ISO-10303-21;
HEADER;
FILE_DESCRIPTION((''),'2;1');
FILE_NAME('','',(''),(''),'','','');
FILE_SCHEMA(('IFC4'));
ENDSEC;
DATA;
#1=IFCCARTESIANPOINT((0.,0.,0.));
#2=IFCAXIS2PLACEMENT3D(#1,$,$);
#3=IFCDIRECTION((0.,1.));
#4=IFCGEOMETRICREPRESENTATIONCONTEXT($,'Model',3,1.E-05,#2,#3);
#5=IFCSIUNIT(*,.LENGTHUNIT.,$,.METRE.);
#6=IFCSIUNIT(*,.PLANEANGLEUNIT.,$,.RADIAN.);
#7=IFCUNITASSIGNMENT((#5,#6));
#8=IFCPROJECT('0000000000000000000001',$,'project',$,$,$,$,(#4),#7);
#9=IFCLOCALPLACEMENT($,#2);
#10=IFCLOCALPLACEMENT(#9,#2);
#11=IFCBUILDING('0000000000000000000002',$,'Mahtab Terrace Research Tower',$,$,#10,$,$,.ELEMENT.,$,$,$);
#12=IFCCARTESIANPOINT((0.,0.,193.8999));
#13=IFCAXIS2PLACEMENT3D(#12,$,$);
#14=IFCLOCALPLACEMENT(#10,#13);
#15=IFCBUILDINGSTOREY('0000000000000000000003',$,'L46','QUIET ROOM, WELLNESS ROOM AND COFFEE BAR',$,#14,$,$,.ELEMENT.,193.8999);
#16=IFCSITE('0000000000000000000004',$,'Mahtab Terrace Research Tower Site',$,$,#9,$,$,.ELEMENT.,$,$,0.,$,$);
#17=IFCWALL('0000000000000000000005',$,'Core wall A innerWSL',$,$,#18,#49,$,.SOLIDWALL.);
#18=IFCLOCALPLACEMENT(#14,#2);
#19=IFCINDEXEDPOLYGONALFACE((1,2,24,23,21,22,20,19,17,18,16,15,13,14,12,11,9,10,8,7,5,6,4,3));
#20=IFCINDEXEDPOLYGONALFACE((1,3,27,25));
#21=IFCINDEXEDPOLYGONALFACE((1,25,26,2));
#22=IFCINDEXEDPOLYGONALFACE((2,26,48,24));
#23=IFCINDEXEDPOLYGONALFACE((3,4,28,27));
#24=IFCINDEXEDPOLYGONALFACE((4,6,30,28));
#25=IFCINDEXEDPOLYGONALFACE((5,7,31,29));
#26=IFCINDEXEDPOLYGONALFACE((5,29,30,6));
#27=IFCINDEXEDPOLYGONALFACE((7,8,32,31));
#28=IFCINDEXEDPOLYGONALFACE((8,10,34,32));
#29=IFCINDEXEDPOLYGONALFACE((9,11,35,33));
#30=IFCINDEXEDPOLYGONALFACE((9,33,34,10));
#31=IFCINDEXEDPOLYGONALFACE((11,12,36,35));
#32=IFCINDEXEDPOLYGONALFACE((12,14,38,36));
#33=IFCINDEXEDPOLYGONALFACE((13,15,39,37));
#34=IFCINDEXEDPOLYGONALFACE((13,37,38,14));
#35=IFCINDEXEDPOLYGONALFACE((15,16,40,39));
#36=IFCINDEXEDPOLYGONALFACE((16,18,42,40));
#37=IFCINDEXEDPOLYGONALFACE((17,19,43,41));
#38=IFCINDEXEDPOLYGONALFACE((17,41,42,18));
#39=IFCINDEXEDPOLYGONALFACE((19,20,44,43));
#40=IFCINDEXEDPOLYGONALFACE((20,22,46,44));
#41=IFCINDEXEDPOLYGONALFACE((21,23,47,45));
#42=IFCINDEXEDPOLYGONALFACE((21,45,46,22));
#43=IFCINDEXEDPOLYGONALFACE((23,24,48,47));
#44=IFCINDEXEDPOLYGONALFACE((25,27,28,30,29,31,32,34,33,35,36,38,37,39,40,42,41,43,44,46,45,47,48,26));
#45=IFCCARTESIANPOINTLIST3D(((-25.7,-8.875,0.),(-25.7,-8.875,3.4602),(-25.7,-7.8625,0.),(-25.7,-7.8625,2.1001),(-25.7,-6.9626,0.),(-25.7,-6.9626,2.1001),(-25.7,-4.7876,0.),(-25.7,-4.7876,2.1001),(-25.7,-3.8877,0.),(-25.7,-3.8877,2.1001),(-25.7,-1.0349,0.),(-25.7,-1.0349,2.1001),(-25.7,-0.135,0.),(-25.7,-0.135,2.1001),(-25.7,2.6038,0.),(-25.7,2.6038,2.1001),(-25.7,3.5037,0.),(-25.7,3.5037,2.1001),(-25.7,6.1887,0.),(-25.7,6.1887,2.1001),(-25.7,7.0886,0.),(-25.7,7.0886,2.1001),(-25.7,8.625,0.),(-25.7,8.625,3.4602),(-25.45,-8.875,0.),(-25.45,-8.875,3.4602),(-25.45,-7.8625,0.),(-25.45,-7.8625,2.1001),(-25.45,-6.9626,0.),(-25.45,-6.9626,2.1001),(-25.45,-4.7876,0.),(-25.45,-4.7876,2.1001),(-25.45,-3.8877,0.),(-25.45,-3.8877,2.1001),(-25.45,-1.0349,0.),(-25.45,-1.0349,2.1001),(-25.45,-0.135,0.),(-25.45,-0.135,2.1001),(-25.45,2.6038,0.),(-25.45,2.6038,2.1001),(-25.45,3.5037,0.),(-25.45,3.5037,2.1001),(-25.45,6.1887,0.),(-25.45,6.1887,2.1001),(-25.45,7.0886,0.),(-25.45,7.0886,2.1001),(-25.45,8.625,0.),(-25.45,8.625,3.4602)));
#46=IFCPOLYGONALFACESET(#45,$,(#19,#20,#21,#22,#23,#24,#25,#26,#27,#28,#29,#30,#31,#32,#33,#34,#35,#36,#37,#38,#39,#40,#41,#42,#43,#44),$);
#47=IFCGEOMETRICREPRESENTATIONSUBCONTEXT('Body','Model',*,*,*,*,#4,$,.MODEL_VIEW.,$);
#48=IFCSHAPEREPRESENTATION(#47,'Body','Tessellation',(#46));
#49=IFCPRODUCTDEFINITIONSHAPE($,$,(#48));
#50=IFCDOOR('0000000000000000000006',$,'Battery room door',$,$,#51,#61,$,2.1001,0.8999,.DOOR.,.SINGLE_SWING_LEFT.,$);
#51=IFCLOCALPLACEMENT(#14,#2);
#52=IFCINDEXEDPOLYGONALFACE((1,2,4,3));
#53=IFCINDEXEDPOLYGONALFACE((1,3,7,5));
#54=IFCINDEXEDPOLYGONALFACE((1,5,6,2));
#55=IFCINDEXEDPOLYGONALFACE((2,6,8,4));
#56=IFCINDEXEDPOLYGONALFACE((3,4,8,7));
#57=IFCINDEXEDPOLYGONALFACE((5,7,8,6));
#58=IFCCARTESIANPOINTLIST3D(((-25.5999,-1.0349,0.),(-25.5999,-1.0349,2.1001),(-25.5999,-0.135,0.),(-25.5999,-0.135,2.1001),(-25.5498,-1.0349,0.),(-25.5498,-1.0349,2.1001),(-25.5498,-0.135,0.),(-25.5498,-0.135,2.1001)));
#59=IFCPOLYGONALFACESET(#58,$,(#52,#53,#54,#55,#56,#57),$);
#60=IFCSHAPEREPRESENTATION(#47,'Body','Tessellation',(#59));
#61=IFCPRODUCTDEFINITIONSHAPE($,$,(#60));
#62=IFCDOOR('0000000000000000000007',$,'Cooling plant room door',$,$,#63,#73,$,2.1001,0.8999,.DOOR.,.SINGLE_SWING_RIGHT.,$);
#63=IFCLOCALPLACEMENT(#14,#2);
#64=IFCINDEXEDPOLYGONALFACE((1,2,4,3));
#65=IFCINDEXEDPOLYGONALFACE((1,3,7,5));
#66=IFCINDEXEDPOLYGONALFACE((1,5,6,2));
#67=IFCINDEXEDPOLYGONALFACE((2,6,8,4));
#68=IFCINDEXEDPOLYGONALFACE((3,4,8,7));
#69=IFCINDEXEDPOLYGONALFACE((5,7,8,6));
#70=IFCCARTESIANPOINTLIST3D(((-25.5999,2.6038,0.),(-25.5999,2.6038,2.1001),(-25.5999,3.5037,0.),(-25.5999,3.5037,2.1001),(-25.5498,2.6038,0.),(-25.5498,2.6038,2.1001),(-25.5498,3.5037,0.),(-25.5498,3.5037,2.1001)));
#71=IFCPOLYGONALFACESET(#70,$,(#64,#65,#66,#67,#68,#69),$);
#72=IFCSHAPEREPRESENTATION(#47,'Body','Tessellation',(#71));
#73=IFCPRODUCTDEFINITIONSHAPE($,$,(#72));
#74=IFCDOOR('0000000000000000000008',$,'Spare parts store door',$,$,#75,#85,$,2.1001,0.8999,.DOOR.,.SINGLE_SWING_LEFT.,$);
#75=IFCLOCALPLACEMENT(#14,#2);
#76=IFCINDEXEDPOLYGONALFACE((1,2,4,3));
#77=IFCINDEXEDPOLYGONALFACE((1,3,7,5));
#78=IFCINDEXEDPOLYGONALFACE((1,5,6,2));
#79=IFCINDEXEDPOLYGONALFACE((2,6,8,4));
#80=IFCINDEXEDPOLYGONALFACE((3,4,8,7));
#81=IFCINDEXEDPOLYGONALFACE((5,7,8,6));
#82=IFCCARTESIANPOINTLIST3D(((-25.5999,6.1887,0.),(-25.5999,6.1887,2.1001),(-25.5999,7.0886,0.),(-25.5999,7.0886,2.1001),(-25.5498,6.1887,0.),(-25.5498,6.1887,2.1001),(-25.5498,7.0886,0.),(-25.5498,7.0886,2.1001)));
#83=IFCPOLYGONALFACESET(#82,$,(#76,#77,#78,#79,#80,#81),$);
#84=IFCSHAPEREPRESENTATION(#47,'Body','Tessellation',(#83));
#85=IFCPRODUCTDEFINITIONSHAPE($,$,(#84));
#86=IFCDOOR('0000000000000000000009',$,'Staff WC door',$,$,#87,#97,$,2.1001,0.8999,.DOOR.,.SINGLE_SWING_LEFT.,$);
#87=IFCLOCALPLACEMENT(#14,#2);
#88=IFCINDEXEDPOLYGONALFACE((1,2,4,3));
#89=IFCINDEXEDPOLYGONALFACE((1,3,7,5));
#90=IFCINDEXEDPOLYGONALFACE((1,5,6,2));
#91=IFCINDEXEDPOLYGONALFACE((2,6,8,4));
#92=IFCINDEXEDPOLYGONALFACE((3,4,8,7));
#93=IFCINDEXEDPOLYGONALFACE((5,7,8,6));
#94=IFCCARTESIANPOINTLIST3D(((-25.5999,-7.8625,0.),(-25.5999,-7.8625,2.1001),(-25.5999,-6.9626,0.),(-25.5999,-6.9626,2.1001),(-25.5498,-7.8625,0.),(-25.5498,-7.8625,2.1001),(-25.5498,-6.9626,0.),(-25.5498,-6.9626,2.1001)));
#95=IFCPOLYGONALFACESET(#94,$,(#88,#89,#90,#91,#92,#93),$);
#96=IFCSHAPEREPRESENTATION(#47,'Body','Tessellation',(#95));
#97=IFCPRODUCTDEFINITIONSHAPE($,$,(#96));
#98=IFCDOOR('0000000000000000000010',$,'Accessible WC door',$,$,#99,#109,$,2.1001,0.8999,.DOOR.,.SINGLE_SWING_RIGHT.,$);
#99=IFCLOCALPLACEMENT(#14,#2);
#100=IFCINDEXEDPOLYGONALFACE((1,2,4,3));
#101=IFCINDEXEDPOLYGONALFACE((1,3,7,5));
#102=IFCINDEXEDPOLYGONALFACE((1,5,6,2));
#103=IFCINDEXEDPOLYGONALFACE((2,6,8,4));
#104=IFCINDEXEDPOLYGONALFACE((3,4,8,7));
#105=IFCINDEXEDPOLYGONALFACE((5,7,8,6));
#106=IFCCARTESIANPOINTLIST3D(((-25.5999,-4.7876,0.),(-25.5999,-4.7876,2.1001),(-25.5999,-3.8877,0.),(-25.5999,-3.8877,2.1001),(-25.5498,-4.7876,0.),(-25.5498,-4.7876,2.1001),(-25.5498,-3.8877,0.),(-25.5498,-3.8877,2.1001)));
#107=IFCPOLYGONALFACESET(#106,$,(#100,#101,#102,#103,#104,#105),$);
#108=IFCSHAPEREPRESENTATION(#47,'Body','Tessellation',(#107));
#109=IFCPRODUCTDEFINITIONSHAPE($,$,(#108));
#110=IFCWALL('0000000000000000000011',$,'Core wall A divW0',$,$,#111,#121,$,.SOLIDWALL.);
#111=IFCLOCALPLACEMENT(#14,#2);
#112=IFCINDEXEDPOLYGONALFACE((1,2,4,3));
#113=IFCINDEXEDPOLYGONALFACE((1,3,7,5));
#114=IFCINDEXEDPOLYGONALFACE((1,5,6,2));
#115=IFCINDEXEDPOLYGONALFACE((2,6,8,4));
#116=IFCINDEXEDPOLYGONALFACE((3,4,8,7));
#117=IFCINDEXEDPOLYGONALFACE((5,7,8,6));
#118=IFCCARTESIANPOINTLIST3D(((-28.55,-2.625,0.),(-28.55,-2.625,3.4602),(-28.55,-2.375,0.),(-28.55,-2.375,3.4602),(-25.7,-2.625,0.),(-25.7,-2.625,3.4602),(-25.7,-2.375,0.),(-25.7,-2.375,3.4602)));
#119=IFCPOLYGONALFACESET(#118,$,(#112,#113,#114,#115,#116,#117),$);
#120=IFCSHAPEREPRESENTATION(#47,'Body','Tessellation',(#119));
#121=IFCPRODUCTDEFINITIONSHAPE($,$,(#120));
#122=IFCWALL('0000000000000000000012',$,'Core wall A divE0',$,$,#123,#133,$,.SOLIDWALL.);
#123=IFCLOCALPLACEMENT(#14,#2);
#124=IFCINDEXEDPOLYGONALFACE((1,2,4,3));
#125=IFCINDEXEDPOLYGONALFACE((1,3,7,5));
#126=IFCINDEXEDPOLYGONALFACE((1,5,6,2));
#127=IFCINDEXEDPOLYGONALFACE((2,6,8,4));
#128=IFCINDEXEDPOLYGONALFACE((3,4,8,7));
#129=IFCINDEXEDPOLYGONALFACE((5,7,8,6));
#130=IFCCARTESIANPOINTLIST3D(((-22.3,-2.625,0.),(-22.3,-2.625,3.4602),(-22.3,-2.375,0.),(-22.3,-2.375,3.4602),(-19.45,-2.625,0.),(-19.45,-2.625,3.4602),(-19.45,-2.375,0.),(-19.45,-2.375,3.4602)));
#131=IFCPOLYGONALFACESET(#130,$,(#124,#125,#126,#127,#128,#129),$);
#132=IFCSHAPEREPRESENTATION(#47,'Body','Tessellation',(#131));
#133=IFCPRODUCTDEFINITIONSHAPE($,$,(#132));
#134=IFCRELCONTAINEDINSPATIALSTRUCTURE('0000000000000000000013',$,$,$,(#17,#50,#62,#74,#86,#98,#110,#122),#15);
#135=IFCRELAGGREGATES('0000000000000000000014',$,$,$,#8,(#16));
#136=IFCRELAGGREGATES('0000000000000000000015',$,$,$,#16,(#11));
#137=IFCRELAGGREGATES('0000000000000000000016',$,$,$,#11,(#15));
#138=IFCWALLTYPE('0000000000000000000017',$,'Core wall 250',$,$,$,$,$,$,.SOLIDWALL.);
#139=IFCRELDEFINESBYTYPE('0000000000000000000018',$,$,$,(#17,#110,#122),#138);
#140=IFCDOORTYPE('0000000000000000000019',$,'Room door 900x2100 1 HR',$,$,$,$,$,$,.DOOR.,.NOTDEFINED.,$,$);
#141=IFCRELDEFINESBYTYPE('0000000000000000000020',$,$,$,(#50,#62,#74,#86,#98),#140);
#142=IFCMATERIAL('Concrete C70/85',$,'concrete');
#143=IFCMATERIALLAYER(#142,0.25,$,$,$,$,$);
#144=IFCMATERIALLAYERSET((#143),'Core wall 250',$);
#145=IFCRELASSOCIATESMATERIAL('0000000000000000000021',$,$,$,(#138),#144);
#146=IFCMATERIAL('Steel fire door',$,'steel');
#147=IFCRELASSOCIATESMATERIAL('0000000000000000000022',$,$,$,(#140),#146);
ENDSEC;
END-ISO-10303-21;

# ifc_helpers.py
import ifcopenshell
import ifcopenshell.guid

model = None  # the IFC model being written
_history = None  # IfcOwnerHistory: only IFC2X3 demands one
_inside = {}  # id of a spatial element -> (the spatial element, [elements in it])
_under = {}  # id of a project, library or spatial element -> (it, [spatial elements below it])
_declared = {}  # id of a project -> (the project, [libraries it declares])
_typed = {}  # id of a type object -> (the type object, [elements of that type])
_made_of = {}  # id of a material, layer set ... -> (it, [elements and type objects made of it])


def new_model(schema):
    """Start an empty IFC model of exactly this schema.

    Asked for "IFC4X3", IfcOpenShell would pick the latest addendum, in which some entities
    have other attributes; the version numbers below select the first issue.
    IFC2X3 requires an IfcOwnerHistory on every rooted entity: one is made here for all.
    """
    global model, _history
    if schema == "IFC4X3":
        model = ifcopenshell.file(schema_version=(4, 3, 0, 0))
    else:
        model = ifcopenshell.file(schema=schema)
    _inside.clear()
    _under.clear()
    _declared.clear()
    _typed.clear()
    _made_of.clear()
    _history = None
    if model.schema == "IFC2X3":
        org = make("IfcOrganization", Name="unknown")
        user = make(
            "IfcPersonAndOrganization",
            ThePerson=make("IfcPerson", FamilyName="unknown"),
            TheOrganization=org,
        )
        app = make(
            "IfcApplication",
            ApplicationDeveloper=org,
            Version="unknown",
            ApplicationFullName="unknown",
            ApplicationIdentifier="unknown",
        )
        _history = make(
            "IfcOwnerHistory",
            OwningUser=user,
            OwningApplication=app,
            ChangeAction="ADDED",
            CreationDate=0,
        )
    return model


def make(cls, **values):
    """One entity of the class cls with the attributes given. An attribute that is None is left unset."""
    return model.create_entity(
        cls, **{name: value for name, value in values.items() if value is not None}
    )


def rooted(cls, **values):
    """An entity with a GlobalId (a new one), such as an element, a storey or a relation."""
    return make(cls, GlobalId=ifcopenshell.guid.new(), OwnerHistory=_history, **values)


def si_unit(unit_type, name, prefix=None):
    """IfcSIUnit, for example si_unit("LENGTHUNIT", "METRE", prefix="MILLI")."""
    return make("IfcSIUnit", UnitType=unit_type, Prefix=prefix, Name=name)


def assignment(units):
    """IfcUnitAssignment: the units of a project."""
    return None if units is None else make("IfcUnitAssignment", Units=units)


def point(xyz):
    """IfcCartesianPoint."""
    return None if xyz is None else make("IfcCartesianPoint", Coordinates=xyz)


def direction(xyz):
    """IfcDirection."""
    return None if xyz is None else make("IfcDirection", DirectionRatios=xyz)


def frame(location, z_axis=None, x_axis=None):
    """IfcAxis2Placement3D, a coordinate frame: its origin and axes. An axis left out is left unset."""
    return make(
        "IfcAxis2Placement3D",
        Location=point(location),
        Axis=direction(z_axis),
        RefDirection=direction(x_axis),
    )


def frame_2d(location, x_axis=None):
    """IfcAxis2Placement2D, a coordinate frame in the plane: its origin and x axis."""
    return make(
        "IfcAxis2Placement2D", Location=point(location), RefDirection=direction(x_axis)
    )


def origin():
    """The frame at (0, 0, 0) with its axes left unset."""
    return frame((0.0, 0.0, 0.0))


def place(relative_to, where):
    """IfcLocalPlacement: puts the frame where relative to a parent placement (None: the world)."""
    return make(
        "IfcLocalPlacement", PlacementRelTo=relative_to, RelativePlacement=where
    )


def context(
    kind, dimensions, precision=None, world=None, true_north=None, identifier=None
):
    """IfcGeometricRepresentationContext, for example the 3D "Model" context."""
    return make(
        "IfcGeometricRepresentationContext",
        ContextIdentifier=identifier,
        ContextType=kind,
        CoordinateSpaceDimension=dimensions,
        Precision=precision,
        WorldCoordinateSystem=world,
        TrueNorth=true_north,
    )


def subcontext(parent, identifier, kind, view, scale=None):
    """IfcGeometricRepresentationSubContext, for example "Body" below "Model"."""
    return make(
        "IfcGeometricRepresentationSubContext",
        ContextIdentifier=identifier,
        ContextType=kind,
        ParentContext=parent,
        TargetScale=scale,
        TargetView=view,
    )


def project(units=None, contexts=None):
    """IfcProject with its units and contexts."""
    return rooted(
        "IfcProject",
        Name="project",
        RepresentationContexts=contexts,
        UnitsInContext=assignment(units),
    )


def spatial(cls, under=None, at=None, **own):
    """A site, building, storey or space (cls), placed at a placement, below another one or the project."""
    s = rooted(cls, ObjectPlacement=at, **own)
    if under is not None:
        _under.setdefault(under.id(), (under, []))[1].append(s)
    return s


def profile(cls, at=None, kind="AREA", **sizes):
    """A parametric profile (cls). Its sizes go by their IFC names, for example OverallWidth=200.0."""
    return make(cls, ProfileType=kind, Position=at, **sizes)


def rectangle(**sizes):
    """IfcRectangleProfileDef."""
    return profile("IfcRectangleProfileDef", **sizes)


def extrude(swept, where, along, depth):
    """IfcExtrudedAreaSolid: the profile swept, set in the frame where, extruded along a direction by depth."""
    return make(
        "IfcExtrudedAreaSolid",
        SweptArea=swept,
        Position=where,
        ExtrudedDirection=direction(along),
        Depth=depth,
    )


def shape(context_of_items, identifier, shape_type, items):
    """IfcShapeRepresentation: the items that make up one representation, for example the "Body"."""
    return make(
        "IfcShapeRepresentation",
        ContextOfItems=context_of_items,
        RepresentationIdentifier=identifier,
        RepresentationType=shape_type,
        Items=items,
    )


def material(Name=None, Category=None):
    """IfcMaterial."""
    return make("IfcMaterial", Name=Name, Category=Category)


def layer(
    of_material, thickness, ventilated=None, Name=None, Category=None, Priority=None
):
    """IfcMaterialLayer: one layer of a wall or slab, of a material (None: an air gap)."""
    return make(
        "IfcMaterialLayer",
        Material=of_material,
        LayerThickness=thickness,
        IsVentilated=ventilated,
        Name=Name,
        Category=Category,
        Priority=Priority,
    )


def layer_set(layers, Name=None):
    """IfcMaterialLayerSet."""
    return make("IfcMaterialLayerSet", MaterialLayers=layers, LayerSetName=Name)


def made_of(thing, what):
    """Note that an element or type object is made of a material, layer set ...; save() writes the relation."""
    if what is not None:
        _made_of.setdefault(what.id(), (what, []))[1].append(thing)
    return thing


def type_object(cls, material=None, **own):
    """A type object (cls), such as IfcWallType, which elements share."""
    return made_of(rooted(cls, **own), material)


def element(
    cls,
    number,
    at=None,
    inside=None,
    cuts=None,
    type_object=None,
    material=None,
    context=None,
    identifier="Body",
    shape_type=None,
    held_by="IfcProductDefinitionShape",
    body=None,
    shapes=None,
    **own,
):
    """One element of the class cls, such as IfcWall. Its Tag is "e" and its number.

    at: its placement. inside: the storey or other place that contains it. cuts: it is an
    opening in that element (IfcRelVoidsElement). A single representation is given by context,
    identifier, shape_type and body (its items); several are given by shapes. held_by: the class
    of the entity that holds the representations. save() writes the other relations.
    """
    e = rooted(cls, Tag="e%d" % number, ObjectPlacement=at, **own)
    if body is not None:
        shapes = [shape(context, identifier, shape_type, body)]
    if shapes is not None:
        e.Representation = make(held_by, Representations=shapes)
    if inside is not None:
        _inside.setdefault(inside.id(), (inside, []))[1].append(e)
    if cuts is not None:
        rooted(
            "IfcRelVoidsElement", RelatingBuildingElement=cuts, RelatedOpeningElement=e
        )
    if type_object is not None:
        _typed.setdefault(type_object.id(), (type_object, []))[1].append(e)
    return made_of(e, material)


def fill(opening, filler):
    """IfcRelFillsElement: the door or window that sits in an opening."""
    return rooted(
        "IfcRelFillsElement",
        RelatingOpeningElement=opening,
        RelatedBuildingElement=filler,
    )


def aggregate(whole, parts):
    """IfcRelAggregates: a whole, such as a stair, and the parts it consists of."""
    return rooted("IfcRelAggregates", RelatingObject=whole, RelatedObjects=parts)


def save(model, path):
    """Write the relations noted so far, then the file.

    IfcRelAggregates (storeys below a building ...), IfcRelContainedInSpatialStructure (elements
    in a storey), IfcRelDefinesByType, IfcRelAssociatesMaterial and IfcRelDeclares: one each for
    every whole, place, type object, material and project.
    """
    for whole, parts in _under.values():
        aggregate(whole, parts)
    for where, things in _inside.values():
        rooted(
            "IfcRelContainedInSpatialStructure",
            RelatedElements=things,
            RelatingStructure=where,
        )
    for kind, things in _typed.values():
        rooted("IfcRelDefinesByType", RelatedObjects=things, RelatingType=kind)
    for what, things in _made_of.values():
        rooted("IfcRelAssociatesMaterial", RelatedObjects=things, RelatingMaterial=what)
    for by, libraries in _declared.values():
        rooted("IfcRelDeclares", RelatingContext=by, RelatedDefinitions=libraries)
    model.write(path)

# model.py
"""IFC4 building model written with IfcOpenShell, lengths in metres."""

from ifc_helpers import new_model, si_unit, direction, frame, frame_2d, origin, place, context, subcontext, project, spatial, rectangle, extrude, material, layer, layer_set, type_object, element, fill, save


model = new_model("IFC4")

# Units and contexts
model_context = context("Model", 3, precision=1e-05, world=origin(), true_north=direction((0.0, 1.0)))
body_context = subcontext(model_context, "Body", "Model", "MODEL_VIEW")
ifc_project = project(units=[si_unit("LENGTHUNIT", "METRE"), si_unit("PLANEANGLEUNIT", "RADIAN")], contexts=[model_context])

# Site, building, storey
site_placement = place(None, origin())
site = spatial("IfcSite", under=ifc_project, at=site_placement, Name="Mahtab Terrace Research Tower Site", CompositionType="ELEMENT", RefElevation=0.0)
building_placement = place(site_placement, origin())
building = spatial("IfcBuilding", under=site, at=building_placement, Name="Mahtab Terrace Research Tower", CompositionType="ELEMENT")
storey_placement = place(building_placement, frame((0.0, 0.0, 193.8999)))
storey = spatial("IfcBuildingStorey", under=building, at=storey_placement, Name="L46", Description="QUIET ROOM, WELLNESS ROOM AND COFFEE BAR", CompositionType="ELEMENT", Elevation=193.8999)

# Shared definitions
ifc_material_1 = material(Name="Concrete C70/85", Category="concrete")

# Shared definitions
ifc_layer_1 = layer(ifc_material_1, 0.25)
ifc_layer_set_1 = layer_set([ifc_layer_1], Name="Core wall 250")
wall_type_1 = type_object("IfcWallType", Name="Core wall 250", PredefinedType="SOLIDWALL", material=ifc_layer_set_1)

# Shared definitions
ifc_material_2 = material(Name="Steel fire door", Category="steel")

# Wall, openings, doors
wall_1_placement = place(storey_placement, frame((-25.575, -8.875, 0.0), z_axis=(0.0, 0.0, 1.0), x_axis=(0.0, 1.0, 0.0)))
wall_1 = element("IfcWall", 1, at=wall_1_placement, inside=storey, type_object=wall_type_1, Name="Core wall A innerWSL", PredefinedType="SOLIDWALL", context=body_context, shape_type="SweptSolid", body=[
    extrude(rectangle(XDim=17.5, YDim=0.25, at=frame_2d((8.75, 0.0))), origin(), (0.0, 0.0, 1.0), 3.4602),
])
opening_1_placement = place(wall_1_placement, frame((7.8401, 0.0, 0.0)))
opening_1 = element("IfcOpeningElement", 2, at=opening_1_placement, cuts=wall_1, PredefinedType="OPENING", context=body_context, shape_type="SweptSolid", body=[
    extrude(rectangle(XDim=0.8999, YDim=2.1001, at=frame_2d((0.45, 1.05))), frame((0.0, 0.135, 0.0), z_axis=(0.0, -1.0, 0.0), x_axis=(1.0, 0.0, 0.0)), (0.0, 0.0, 1.0), 0.27),
])
opening_2_placement = place(wall_1_placement, frame((11.4788, 0.0, 0.0)))
opening_2 = element("IfcOpeningElement", 3, at=opening_2_placement, cuts=wall_1, PredefinedType="OPENING", context=body_context, shape_type="SweptSolid", body=[
    extrude(rectangle(XDim=0.8999, YDim=2.1001, at=frame_2d((0.45, 1.05))), frame((0.0, 0.135, 0.0), z_axis=(0.0, -1.0, 0.0), x_axis=(1.0, 0.0, 0.0)), (0.0, 0.0, 1.0), 0.27),
])
opening_3_placement = place(wall_1_placement, frame((15.0637, 0.0, 0.0)))
opening_3 = element("IfcOpeningElement", 4, at=opening_3_placement, cuts=wall_1, PredefinedType="OPENING", context=body_context, shape_type="SweptSolid", body=[
    extrude(rectangle(XDim=0.8999, YDim=2.1001, at=frame_2d((0.45, 1.05))), frame((0.0, 0.135, 0.0), z_axis=(0.0, -1.0, 0.0), x_axis=(1.0, 0.0, 0.0)), (0.0, 0.0, 1.0), 0.27),
])
opening_4_placement = place(wall_1_placement, frame((1.0125, 0.0, 0.0)))
opening_4 = element("IfcOpeningElement", 5, at=opening_4_placement, cuts=wall_1, PredefinedType="OPENING", context=body_context, shape_type="SweptSolid", body=[
    extrude(rectangle(XDim=0.8999, YDim=2.1001, at=frame_2d((0.45, 1.05))), frame((0.0, 0.135, 0.0), z_axis=(0.0, -1.0, 0.0), x_axis=(1.0, 0.0, 0.0)), (0.0, 0.0, 1.0), 0.27),
])
opening_5_placement = place(wall_1_placement, frame((4.0874, 0.0, 0.0)))
opening_5 = element("IfcOpeningElement", 6, at=opening_5_placement, cuts=wall_1, PredefinedType="OPENING", context=body_context, shape_type="SweptSolid", body=[
    extrude(rectangle(XDim=0.8999, YDim=2.1001, at=frame_2d((0.45, 1.05))), frame((0.0, 0.135, 0.0), z_axis=(0.0, -1.0, 0.0), x_axis=(1.0, 0.0, 0.0)), (0.0, 0.0, 1.0), 0.27),
])
door_type_1 = type_object("IfcDoorType", Name="Room door 900x2100 1 HR", OperationType="NOTDEFINED", PredefinedType="DOOR", material=ifc_material_2)
door_1_placement = place(opening_1_placement, origin())
door_1 = element("IfcDoor", 7, at=door_1_placement, inside=storey, type_object=door_type_1, Name="Battery room door", OperationType="SINGLE_SWING_LEFT", OverallHeight=2.1001, OverallWidth=0.8999, PredefinedType="DOOR", context=body_context, shape_type="SweptSolid", body=[
    extrude(rectangle(XDim=0.8999, YDim=2.1001, at=frame_2d((0.45, 1.05))), frame((0.0, 0.0249, 0.0), z_axis=(0.0, -1.0, 0.0), x_axis=(1.0, 0.0, 0.0)), (0.0, 0.0, 1.0), 0.05),
])
fill(opening_1, door_1)
door_2_placement = place(opening_2_placement, origin())
door_2 = element("IfcDoor", 8, at=door_2_placement, inside=storey, type_object=door_type_1, Name="Cooling plant room door", OperationType="SINGLE_SWING_RIGHT", OverallHeight=2.1001, OverallWidth=0.8999, PredefinedType="DOOR", context=body_context, shape_type="SweptSolid", body=[
    extrude(rectangle(XDim=0.8999, YDim=2.1001, at=frame_2d((0.45, 1.05))), frame((0.0, 0.0249, 0.0), z_axis=(0.0, -1.0, 0.0), x_axis=(1.0, 0.0, 0.0)), (0.0, 0.0, 1.0), 0.05),
])
fill(opening_2, door_2)
door_3_placement = place(opening_3_placement, origin())
door_3 = element("IfcDoor", 9, at=door_3_placement, inside=storey, type_object=door_type_1, Name="Spare parts store door", OperationType="SINGLE_SWING_LEFT", OverallHeight=2.1001, OverallWidth=0.8999, PredefinedType="DOOR", context=body_context, shape_type="SweptSolid", body=[
    extrude(rectangle(XDim=0.8999, YDim=2.1001, at=frame_2d((0.45, 1.05))), frame((0.0, 0.0249, 0.0), z_axis=(0.0, -1.0, 0.0), x_axis=(1.0, 0.0, 0.0)), (0.0, 0.0, 1.0), 0.05),
])
fill(opening_3, door_3)
door_4_placement = place(opening_4_placement, origin())
door_4 = element("IfcDoor", 10, at=door_4_placement, inside=storey, type_object=door_type_1, Name="Staff WC door", OperationType="SINGLE_SWING_LEFT", OverallHeight=2.1001, OverallWidth=0.8999, PredefinedType="DOOR", context=body_context, shape_type="SweptSolid", body=[
    extrude(rectangle(XDim=0.8999, YDim=2.1001, at=frame_2d((0.45, 1.05))), frame((0.0, 0.0249, 0.0), z_axis=(0.0, -1.0, 0.0), x_axis=(1.0, 0.0, 0.0)), (0.0, 0.0, 1.0), 0.05),
])
fill(opening_4, door_4)
door_5_placement = place(opening_5_placement, origin())
door_5 = element("IfcDoor", 11, at=door_5_placement, inside=storey, type_object=door_type_1, Name="Accessible WC door", OperationType="SINGLE_SWING_RIGHT", OverallHeight=2.1001, OverallWidth=0.8999, PredefinedType="DOOR", context=body_context, shape_type="SweptSolid", body=[
    extrude(rectangle(XDim=0.8999, YDim=2.1001, at=frame_2d((0.45, 1.05))), frame((0.0, 0.0249, 0.0), z_axis=(0.0, -1.0, 0.0), x_axis=(1.0, 0.0, 0.0)), (0.0, 0.0, 1.0), 0.05),
])
fill(opening_5, door_5)

# Walls
for number, where, z_axis, x_axis, name in (
    (12, (-28.55, -2.5, 0.0), (0.0, 0.0, 1.0), (1.0, 0.0, 0.0), "Core wall A divW0"),
    (13, (-22.3, -2.5, 0.0), (0.0, 0.0, 1.0), (1.0, 0.0, 0.0), "Core wall A divE0"),
):
    element("IfcWall", number, at=place(storey_placement, frame(where, z_axis=z_axis, x_axis=x_axis)), inside=storey, type_object=wall_type_1, Name=name, PredefinedType="SOLIDWALL", context=body_context, shape_type="SweptSolid", body=[
        extrude(rectangle(XDim=2.8501, YDim=0.25, at=frame_2d((1.425, 0.0))), origin(), (0.0, 0.0, 1.0), 3.4602),
    ])

save(model, "model.ifc")
